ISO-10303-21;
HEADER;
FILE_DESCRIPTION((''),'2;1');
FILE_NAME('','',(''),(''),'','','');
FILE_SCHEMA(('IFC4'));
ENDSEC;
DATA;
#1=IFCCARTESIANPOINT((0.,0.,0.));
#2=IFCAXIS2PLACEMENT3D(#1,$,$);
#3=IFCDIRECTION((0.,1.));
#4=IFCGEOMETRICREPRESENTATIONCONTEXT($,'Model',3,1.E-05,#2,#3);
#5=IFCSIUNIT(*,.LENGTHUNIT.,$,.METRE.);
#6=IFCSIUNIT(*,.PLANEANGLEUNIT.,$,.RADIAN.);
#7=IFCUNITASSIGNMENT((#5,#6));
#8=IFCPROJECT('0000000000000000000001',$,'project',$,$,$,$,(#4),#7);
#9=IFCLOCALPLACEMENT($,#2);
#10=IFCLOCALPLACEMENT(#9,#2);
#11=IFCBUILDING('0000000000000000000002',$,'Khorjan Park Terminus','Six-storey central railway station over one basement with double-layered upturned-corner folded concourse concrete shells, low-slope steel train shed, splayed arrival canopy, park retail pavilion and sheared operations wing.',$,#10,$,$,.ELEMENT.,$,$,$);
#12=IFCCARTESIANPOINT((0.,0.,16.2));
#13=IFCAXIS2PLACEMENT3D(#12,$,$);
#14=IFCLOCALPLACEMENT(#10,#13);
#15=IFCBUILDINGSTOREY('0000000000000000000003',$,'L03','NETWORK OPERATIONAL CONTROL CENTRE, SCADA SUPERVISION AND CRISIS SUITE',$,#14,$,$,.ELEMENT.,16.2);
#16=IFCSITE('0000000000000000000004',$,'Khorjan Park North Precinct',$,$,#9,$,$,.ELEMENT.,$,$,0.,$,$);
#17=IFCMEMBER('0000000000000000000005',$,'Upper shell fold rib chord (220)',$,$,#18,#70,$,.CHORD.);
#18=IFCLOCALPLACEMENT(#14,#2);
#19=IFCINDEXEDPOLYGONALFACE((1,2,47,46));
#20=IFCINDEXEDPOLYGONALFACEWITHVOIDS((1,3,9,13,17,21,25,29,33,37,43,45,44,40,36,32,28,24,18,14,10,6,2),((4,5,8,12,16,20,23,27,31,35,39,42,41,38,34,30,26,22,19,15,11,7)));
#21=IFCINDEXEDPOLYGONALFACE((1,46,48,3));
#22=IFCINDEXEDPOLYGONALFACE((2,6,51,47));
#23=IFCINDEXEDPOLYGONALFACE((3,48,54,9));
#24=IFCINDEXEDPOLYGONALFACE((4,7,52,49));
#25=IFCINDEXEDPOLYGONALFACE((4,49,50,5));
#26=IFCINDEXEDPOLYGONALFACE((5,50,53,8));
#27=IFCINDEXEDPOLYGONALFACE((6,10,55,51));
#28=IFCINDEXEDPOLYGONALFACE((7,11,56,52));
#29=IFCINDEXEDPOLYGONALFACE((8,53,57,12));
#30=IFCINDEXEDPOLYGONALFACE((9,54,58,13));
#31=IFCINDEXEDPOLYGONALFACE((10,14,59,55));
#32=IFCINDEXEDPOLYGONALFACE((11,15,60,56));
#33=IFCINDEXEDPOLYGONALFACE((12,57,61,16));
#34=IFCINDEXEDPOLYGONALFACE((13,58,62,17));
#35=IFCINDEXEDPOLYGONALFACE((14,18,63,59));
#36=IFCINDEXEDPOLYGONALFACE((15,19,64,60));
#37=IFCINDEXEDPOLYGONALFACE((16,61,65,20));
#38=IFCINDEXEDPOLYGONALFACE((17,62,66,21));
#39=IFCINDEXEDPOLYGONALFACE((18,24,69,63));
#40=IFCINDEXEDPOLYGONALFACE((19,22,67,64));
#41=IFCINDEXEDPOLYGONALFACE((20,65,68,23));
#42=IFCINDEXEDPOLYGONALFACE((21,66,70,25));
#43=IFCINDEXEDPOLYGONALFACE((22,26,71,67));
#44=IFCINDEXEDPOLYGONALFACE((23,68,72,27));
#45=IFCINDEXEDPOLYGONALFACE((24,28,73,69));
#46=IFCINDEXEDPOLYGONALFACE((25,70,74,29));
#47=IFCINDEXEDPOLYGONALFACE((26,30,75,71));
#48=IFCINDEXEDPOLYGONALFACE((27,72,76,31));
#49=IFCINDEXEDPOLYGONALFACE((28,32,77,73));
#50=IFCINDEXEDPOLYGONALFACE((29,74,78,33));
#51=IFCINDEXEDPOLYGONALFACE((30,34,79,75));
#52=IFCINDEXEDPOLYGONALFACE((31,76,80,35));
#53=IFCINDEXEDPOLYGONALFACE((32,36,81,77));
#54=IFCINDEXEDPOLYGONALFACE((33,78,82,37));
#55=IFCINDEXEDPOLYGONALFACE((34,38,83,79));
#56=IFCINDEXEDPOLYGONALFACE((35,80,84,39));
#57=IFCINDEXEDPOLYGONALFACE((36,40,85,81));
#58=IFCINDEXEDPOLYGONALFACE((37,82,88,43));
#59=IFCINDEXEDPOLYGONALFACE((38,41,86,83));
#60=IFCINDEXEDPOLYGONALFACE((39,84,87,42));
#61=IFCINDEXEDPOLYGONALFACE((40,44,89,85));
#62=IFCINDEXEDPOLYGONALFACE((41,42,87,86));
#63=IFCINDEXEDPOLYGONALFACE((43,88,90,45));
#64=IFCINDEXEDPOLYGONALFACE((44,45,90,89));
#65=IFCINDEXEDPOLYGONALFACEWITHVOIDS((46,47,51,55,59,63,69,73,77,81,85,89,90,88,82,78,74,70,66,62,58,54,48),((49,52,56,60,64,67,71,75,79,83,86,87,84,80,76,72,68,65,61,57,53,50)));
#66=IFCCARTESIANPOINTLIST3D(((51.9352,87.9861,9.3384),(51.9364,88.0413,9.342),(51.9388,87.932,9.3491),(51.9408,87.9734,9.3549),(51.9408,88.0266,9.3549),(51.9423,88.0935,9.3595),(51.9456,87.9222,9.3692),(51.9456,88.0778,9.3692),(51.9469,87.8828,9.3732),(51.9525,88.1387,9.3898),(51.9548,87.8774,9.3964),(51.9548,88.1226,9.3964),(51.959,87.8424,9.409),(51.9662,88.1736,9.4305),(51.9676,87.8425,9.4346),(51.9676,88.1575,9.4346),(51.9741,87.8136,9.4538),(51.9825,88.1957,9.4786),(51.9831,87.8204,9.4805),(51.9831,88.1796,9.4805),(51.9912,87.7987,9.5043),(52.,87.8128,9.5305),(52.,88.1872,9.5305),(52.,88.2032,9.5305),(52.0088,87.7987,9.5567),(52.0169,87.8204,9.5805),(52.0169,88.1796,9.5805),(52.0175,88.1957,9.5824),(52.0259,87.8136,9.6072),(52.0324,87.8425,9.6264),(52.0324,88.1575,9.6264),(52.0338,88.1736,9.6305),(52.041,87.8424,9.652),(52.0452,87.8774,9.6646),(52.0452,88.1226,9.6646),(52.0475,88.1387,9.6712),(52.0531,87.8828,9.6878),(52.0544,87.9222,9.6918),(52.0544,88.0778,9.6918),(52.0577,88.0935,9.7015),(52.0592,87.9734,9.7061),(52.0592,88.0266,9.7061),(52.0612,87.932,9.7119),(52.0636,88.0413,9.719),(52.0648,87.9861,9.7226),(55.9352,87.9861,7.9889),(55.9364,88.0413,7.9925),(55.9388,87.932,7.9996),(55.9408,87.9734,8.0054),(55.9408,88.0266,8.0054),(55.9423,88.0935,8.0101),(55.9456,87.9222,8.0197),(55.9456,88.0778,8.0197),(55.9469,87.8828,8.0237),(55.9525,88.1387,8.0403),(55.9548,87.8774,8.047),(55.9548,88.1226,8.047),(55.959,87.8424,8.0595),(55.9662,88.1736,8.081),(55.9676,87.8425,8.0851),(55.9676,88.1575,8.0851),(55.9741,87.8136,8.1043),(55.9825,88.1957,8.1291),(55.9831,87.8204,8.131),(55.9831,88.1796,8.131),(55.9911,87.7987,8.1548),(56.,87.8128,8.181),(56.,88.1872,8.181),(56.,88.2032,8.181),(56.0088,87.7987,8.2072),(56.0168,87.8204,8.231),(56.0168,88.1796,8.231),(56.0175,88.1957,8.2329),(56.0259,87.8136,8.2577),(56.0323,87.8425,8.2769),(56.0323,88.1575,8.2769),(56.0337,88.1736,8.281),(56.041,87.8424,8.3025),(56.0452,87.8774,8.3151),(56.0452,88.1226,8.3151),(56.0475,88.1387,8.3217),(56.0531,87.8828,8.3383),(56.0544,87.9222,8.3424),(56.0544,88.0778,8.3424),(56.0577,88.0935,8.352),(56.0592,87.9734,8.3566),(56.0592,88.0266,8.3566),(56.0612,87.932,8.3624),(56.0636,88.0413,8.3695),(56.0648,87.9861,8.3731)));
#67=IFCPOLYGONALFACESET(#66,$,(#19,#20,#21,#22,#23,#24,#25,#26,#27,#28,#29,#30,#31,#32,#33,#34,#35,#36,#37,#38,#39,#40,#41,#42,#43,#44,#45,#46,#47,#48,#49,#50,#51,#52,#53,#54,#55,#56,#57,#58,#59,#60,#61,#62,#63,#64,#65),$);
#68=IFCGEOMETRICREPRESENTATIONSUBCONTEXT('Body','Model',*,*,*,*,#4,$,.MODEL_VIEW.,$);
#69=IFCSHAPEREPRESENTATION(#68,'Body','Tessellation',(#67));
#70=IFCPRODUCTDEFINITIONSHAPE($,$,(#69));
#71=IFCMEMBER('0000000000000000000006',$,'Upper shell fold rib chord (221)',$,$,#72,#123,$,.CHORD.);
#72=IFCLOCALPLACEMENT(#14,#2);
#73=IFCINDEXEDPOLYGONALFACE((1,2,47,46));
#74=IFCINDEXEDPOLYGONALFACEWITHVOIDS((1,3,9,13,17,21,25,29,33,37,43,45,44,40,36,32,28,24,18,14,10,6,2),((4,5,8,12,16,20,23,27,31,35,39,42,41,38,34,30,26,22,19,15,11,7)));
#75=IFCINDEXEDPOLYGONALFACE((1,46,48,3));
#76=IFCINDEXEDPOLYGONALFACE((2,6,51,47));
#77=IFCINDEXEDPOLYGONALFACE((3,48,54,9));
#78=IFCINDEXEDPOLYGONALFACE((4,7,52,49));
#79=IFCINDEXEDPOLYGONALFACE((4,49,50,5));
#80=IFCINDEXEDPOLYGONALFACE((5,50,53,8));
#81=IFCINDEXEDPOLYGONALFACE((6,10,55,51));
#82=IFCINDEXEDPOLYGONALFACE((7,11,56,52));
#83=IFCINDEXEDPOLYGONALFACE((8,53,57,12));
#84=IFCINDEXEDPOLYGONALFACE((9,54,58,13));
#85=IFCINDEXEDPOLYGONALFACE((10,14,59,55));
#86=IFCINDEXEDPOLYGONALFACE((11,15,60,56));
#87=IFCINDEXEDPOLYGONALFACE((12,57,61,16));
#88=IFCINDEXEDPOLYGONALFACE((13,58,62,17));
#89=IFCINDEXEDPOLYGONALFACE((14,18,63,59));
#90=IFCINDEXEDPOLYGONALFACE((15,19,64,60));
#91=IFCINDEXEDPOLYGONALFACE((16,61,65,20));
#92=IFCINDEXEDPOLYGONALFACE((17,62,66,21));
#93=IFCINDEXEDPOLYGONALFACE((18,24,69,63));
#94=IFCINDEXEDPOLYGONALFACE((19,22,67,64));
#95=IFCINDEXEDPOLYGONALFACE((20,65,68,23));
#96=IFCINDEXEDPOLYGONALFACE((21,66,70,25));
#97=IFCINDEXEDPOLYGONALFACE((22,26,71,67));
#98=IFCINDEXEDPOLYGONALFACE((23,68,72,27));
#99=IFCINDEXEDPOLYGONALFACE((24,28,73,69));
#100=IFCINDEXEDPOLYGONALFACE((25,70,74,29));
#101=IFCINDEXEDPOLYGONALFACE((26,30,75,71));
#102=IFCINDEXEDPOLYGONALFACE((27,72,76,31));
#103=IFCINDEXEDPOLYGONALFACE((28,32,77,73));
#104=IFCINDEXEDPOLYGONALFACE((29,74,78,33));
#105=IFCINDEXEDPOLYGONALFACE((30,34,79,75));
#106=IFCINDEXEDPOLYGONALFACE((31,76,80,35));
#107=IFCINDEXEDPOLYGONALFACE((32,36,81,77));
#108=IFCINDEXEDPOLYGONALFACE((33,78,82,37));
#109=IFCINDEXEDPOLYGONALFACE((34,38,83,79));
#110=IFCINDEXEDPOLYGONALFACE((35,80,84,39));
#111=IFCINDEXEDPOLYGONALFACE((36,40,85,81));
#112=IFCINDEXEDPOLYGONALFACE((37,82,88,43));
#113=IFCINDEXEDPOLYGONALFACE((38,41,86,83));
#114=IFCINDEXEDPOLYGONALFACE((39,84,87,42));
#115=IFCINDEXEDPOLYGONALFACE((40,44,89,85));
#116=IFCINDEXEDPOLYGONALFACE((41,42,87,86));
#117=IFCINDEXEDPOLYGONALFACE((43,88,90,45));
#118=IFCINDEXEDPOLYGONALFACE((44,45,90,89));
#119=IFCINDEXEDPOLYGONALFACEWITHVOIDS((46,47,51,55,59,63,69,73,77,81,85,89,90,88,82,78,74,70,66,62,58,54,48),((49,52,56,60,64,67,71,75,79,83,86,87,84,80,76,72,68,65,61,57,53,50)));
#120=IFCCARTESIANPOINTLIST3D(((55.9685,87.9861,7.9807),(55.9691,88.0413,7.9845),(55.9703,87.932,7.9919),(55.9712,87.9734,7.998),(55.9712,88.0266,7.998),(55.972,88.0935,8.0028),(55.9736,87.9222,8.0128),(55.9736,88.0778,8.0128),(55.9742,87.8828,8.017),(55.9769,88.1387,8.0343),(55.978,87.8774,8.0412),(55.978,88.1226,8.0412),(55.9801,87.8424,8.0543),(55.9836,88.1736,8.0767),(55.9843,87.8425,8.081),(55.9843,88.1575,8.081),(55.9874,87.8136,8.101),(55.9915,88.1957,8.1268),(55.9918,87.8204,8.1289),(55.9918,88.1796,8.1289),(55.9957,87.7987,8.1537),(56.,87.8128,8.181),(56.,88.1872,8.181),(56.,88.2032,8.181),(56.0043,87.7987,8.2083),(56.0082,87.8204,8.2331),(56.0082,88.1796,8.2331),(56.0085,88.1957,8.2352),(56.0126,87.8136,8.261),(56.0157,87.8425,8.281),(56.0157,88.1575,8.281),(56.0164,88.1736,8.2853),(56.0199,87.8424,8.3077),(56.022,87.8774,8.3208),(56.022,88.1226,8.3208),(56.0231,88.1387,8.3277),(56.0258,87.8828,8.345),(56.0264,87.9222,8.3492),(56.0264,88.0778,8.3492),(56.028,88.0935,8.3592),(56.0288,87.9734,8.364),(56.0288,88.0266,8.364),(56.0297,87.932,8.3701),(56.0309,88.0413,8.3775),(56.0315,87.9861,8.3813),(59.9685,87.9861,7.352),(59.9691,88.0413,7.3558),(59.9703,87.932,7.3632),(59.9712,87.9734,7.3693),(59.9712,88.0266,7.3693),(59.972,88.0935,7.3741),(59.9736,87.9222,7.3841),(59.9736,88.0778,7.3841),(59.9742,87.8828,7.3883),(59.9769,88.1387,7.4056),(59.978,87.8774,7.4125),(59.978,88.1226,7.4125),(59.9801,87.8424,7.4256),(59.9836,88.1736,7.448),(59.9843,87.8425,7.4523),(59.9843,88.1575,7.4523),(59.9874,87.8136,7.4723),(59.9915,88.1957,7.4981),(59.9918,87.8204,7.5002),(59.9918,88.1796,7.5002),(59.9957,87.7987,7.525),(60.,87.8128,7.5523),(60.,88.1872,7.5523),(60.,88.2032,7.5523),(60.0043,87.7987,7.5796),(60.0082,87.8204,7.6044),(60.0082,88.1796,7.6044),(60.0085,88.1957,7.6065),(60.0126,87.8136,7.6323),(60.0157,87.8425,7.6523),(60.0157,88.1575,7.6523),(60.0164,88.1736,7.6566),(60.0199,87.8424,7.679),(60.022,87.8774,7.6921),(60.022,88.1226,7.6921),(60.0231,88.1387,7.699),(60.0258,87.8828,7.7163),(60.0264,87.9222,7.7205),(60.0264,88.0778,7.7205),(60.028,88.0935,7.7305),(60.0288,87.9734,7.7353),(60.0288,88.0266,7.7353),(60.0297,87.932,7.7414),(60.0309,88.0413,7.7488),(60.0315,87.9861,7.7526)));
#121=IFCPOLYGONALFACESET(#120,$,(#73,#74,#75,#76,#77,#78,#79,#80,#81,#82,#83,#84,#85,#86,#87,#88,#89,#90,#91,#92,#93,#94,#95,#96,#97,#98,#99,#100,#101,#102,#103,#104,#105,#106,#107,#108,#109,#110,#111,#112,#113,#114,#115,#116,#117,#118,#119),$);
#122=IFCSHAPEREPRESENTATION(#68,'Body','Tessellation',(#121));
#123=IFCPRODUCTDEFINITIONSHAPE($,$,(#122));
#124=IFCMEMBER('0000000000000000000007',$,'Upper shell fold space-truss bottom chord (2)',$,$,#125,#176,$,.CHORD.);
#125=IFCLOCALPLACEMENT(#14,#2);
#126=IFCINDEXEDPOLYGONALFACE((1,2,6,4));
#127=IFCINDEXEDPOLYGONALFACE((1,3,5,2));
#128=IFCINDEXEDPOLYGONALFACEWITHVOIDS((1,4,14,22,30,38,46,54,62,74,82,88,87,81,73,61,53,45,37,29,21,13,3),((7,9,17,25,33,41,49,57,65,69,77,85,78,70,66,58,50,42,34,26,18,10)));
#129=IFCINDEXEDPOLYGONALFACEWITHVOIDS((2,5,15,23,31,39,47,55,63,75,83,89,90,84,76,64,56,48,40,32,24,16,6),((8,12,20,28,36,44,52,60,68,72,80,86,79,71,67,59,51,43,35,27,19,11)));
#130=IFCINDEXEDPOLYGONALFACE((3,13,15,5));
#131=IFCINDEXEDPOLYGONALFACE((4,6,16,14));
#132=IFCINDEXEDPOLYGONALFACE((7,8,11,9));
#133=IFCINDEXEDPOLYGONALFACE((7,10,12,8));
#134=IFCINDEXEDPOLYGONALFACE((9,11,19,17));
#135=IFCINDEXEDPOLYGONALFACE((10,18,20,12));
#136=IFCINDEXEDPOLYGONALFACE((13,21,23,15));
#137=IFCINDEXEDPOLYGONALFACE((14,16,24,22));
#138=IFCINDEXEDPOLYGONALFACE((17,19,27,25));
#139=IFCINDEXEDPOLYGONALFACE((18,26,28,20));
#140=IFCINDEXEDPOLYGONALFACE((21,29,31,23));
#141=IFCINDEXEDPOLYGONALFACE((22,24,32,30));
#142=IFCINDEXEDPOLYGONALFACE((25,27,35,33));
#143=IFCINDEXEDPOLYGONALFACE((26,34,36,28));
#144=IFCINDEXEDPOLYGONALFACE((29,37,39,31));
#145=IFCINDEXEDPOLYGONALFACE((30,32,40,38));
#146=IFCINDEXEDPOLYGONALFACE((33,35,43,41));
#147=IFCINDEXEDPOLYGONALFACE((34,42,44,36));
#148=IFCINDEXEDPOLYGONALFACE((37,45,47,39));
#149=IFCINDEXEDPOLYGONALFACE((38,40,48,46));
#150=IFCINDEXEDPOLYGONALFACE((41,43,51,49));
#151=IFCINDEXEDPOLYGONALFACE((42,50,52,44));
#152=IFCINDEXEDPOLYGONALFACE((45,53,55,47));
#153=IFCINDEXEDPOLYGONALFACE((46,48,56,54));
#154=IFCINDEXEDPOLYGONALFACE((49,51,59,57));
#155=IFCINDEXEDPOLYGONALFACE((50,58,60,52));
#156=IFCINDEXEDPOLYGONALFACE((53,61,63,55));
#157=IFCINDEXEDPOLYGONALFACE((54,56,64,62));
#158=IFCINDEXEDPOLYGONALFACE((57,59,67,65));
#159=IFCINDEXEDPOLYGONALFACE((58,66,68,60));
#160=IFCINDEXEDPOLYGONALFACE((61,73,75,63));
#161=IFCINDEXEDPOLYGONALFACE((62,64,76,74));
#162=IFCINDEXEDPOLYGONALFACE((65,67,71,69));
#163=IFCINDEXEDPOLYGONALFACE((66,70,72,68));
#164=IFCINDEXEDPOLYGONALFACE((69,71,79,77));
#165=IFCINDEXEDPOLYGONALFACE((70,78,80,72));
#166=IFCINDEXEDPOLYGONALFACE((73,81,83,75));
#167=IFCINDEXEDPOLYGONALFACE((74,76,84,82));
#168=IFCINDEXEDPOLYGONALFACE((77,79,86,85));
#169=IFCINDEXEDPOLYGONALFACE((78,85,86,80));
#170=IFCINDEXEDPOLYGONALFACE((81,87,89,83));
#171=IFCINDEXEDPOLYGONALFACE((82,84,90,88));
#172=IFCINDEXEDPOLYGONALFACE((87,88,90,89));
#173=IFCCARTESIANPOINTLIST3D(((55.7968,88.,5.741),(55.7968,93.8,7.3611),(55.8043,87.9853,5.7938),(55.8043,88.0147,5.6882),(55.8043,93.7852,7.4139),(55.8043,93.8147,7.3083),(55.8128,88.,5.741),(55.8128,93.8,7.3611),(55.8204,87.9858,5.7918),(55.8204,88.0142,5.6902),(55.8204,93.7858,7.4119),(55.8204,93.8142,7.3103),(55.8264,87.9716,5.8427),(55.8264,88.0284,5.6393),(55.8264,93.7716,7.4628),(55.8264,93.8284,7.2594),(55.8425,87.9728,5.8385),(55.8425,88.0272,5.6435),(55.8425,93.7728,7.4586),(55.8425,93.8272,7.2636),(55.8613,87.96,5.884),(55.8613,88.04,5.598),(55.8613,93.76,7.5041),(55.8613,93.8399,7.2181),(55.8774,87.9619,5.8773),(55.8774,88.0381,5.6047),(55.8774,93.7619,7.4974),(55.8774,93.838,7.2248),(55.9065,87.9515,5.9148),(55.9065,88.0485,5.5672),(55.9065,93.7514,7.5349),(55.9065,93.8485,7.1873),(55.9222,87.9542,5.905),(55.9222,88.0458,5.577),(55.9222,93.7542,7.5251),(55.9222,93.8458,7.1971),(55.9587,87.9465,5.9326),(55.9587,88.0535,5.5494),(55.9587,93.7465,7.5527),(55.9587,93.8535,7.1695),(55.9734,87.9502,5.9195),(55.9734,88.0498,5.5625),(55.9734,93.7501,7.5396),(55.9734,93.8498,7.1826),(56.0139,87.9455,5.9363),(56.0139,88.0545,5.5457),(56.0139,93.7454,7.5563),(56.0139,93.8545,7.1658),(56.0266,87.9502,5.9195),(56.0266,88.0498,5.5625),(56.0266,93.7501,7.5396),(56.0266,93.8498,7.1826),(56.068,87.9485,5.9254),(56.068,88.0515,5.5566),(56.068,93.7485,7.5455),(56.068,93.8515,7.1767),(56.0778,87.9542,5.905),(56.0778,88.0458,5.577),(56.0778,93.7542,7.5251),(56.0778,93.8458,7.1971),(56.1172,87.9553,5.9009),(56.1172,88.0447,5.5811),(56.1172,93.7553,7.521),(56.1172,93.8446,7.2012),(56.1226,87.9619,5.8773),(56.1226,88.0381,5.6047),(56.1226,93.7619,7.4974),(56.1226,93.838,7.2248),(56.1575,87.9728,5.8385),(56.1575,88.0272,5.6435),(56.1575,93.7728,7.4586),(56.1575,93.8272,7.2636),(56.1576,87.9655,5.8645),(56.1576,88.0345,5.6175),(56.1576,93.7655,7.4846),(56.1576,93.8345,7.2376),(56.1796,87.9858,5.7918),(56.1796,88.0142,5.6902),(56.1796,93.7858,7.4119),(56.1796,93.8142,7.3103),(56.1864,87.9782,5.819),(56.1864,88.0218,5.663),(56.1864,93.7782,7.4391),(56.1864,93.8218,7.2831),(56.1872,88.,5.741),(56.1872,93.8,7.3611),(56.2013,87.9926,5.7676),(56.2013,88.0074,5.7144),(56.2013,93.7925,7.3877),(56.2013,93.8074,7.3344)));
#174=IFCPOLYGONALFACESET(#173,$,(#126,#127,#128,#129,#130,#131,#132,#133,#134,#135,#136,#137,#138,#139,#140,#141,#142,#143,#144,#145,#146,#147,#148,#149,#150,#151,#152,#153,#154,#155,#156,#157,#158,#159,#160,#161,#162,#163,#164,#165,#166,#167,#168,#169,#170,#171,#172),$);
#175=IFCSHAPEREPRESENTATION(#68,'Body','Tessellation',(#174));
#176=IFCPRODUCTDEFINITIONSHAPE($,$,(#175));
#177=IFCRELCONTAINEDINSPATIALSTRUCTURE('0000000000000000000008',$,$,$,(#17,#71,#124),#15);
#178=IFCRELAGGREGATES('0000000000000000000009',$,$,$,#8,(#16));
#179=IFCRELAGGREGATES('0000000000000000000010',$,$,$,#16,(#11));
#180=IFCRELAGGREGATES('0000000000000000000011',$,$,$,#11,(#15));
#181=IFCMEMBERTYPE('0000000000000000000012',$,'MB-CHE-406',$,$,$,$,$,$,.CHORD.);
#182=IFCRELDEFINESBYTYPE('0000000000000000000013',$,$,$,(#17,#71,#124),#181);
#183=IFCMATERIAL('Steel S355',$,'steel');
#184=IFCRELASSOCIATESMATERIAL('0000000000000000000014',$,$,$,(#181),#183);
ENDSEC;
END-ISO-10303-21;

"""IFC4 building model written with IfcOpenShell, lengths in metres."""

from ifc_helpers import new_model, si_unit, direction, frame, origin, origin_2d, place, context, subcontext, project, spatial, hollow_circle, extrude, material, material_profile, profile_set, type_object, element, save


model = new_model("IFC4")

# Units and contexts
model_context = context("Model", 3, precision=1e-05, world=origin(), true_north=direction((0.0, 1.0)))
body_context = subcontext(model_context, "Body", "Model", "MODEL_VIEW")
ifc_project = project(units=[si_unit("LENGTHUNIT", "METRE"), si_unit("PLANEANGLEUNIT", "RADIAN")], contexts=[model_context])

# Site, building, storey
site_placement = place(None, origin())
site = spatial("IfcSite", under=ifc_project, at=site_placement, Name="Khorjan Park North Precinct", CompositionType="ELEMENT", RefElevation=0.0)
building_placement = place(site_placement, origin())
building = spatial("IfcBuilding", under=site, at=building_placement, Name="Khorjan Park Terminus", Description="Six-storey central railway station over one basement with double-layered upturned-corner folded concourse concrete shells, low-slope steel train shed, splayed arrival canopy, park retail pavilion and sheared operations wing.", CompositionType="ELEMENT")
storey_placement = place(building_placement, frame((0.0, 0.0, 16.2)))
storey = spatial("IfcBuildingStorey", under=building, at=storey_placement, Name="L03", Description="NETWORK OPERATIONAL CONTROL CENTRE, SCADA SUPERVISION AND CRISIS SUITE", CompositionType="ELEMENT", Elevation=16.2)

# Members
ifc_material_1 = material(Name="Steel S355", Category="steel")
ifc_material_profile_1 = material_profile(ifc_material_1, hollow_circle(Radius=0.2032, WallThickness=0.016, at=origin_2d()), Name="CHS 406.4x16")
ifc_profile_set_1 = profile_set([ifc_material_profile_1], Name="Steel S355")
member_type_1 = type_object("IfcMemberType", Name="MB-CHE-406", PredefinedType="CHORD", material=ifc_profile_set_1)
member_1_placement = place(storey_placement, frame((52.0, 88.0, 9.5305), z_axis=(0.947528, 0.0, -0.319672), x_axis=(0.0, 1.0, 0.0)))
element("IfcMember", 1, at=member_1_placement, inside=storey, type_object=member_type_1, Name="Upper shell fold rib chord (220)", PredefinedType="CHORD", context=body_context, shape_type="SweptSolid", body=[
    extrude(hollow_circle(Radius=0.2032, WallThickness=0.016, at=origin_2d()), origin(), (0.0, 0.0, 1.0), 4.2215),
])
member_2_placement = place(storey_placement, frame((56.0, 88.0, 8.181), z_axis=(0.987872, 0.0, -0.155269), x_axis=(0.0, 1.0, 0.0)))
element("IfcMember", 2, at=member_2_placement, inside=storey, type_object=member_type_1, Name="Upper shell fold rib chord (221)", PredefinedType="CHORD", context=body_context, shape_type="SweptSolid", body=[
    extrude(hollow_circle(Radius=0.2032, WallThickness=0.016, at=origin_2d()), origin(), (0.0, 0.0, 1.0), 4.0491),
])
member_3_placement = place(storey_placement, frame((56.0, 88.0, 5.741), z_axis=(0.0, 0.963132, 0.269029), x_axis=(-1.0, 0.0, 0.0)))
element("IfcMember", 3, at=member_3_placement, inside=storey, type_object=member_type_1, Name="Upper shell fold space-truss bottom chord (2)", PredefinedType="CHORD", context=body_context, shape_type="SweptSolid", body=[
    extrude(hollow_circle(Radius=0.2032, WallThickness=0.016, at=origin_2d()), origin(), (0.0, 0.0, 1.0), 6.022),
])

save(model, "model.ifc")
